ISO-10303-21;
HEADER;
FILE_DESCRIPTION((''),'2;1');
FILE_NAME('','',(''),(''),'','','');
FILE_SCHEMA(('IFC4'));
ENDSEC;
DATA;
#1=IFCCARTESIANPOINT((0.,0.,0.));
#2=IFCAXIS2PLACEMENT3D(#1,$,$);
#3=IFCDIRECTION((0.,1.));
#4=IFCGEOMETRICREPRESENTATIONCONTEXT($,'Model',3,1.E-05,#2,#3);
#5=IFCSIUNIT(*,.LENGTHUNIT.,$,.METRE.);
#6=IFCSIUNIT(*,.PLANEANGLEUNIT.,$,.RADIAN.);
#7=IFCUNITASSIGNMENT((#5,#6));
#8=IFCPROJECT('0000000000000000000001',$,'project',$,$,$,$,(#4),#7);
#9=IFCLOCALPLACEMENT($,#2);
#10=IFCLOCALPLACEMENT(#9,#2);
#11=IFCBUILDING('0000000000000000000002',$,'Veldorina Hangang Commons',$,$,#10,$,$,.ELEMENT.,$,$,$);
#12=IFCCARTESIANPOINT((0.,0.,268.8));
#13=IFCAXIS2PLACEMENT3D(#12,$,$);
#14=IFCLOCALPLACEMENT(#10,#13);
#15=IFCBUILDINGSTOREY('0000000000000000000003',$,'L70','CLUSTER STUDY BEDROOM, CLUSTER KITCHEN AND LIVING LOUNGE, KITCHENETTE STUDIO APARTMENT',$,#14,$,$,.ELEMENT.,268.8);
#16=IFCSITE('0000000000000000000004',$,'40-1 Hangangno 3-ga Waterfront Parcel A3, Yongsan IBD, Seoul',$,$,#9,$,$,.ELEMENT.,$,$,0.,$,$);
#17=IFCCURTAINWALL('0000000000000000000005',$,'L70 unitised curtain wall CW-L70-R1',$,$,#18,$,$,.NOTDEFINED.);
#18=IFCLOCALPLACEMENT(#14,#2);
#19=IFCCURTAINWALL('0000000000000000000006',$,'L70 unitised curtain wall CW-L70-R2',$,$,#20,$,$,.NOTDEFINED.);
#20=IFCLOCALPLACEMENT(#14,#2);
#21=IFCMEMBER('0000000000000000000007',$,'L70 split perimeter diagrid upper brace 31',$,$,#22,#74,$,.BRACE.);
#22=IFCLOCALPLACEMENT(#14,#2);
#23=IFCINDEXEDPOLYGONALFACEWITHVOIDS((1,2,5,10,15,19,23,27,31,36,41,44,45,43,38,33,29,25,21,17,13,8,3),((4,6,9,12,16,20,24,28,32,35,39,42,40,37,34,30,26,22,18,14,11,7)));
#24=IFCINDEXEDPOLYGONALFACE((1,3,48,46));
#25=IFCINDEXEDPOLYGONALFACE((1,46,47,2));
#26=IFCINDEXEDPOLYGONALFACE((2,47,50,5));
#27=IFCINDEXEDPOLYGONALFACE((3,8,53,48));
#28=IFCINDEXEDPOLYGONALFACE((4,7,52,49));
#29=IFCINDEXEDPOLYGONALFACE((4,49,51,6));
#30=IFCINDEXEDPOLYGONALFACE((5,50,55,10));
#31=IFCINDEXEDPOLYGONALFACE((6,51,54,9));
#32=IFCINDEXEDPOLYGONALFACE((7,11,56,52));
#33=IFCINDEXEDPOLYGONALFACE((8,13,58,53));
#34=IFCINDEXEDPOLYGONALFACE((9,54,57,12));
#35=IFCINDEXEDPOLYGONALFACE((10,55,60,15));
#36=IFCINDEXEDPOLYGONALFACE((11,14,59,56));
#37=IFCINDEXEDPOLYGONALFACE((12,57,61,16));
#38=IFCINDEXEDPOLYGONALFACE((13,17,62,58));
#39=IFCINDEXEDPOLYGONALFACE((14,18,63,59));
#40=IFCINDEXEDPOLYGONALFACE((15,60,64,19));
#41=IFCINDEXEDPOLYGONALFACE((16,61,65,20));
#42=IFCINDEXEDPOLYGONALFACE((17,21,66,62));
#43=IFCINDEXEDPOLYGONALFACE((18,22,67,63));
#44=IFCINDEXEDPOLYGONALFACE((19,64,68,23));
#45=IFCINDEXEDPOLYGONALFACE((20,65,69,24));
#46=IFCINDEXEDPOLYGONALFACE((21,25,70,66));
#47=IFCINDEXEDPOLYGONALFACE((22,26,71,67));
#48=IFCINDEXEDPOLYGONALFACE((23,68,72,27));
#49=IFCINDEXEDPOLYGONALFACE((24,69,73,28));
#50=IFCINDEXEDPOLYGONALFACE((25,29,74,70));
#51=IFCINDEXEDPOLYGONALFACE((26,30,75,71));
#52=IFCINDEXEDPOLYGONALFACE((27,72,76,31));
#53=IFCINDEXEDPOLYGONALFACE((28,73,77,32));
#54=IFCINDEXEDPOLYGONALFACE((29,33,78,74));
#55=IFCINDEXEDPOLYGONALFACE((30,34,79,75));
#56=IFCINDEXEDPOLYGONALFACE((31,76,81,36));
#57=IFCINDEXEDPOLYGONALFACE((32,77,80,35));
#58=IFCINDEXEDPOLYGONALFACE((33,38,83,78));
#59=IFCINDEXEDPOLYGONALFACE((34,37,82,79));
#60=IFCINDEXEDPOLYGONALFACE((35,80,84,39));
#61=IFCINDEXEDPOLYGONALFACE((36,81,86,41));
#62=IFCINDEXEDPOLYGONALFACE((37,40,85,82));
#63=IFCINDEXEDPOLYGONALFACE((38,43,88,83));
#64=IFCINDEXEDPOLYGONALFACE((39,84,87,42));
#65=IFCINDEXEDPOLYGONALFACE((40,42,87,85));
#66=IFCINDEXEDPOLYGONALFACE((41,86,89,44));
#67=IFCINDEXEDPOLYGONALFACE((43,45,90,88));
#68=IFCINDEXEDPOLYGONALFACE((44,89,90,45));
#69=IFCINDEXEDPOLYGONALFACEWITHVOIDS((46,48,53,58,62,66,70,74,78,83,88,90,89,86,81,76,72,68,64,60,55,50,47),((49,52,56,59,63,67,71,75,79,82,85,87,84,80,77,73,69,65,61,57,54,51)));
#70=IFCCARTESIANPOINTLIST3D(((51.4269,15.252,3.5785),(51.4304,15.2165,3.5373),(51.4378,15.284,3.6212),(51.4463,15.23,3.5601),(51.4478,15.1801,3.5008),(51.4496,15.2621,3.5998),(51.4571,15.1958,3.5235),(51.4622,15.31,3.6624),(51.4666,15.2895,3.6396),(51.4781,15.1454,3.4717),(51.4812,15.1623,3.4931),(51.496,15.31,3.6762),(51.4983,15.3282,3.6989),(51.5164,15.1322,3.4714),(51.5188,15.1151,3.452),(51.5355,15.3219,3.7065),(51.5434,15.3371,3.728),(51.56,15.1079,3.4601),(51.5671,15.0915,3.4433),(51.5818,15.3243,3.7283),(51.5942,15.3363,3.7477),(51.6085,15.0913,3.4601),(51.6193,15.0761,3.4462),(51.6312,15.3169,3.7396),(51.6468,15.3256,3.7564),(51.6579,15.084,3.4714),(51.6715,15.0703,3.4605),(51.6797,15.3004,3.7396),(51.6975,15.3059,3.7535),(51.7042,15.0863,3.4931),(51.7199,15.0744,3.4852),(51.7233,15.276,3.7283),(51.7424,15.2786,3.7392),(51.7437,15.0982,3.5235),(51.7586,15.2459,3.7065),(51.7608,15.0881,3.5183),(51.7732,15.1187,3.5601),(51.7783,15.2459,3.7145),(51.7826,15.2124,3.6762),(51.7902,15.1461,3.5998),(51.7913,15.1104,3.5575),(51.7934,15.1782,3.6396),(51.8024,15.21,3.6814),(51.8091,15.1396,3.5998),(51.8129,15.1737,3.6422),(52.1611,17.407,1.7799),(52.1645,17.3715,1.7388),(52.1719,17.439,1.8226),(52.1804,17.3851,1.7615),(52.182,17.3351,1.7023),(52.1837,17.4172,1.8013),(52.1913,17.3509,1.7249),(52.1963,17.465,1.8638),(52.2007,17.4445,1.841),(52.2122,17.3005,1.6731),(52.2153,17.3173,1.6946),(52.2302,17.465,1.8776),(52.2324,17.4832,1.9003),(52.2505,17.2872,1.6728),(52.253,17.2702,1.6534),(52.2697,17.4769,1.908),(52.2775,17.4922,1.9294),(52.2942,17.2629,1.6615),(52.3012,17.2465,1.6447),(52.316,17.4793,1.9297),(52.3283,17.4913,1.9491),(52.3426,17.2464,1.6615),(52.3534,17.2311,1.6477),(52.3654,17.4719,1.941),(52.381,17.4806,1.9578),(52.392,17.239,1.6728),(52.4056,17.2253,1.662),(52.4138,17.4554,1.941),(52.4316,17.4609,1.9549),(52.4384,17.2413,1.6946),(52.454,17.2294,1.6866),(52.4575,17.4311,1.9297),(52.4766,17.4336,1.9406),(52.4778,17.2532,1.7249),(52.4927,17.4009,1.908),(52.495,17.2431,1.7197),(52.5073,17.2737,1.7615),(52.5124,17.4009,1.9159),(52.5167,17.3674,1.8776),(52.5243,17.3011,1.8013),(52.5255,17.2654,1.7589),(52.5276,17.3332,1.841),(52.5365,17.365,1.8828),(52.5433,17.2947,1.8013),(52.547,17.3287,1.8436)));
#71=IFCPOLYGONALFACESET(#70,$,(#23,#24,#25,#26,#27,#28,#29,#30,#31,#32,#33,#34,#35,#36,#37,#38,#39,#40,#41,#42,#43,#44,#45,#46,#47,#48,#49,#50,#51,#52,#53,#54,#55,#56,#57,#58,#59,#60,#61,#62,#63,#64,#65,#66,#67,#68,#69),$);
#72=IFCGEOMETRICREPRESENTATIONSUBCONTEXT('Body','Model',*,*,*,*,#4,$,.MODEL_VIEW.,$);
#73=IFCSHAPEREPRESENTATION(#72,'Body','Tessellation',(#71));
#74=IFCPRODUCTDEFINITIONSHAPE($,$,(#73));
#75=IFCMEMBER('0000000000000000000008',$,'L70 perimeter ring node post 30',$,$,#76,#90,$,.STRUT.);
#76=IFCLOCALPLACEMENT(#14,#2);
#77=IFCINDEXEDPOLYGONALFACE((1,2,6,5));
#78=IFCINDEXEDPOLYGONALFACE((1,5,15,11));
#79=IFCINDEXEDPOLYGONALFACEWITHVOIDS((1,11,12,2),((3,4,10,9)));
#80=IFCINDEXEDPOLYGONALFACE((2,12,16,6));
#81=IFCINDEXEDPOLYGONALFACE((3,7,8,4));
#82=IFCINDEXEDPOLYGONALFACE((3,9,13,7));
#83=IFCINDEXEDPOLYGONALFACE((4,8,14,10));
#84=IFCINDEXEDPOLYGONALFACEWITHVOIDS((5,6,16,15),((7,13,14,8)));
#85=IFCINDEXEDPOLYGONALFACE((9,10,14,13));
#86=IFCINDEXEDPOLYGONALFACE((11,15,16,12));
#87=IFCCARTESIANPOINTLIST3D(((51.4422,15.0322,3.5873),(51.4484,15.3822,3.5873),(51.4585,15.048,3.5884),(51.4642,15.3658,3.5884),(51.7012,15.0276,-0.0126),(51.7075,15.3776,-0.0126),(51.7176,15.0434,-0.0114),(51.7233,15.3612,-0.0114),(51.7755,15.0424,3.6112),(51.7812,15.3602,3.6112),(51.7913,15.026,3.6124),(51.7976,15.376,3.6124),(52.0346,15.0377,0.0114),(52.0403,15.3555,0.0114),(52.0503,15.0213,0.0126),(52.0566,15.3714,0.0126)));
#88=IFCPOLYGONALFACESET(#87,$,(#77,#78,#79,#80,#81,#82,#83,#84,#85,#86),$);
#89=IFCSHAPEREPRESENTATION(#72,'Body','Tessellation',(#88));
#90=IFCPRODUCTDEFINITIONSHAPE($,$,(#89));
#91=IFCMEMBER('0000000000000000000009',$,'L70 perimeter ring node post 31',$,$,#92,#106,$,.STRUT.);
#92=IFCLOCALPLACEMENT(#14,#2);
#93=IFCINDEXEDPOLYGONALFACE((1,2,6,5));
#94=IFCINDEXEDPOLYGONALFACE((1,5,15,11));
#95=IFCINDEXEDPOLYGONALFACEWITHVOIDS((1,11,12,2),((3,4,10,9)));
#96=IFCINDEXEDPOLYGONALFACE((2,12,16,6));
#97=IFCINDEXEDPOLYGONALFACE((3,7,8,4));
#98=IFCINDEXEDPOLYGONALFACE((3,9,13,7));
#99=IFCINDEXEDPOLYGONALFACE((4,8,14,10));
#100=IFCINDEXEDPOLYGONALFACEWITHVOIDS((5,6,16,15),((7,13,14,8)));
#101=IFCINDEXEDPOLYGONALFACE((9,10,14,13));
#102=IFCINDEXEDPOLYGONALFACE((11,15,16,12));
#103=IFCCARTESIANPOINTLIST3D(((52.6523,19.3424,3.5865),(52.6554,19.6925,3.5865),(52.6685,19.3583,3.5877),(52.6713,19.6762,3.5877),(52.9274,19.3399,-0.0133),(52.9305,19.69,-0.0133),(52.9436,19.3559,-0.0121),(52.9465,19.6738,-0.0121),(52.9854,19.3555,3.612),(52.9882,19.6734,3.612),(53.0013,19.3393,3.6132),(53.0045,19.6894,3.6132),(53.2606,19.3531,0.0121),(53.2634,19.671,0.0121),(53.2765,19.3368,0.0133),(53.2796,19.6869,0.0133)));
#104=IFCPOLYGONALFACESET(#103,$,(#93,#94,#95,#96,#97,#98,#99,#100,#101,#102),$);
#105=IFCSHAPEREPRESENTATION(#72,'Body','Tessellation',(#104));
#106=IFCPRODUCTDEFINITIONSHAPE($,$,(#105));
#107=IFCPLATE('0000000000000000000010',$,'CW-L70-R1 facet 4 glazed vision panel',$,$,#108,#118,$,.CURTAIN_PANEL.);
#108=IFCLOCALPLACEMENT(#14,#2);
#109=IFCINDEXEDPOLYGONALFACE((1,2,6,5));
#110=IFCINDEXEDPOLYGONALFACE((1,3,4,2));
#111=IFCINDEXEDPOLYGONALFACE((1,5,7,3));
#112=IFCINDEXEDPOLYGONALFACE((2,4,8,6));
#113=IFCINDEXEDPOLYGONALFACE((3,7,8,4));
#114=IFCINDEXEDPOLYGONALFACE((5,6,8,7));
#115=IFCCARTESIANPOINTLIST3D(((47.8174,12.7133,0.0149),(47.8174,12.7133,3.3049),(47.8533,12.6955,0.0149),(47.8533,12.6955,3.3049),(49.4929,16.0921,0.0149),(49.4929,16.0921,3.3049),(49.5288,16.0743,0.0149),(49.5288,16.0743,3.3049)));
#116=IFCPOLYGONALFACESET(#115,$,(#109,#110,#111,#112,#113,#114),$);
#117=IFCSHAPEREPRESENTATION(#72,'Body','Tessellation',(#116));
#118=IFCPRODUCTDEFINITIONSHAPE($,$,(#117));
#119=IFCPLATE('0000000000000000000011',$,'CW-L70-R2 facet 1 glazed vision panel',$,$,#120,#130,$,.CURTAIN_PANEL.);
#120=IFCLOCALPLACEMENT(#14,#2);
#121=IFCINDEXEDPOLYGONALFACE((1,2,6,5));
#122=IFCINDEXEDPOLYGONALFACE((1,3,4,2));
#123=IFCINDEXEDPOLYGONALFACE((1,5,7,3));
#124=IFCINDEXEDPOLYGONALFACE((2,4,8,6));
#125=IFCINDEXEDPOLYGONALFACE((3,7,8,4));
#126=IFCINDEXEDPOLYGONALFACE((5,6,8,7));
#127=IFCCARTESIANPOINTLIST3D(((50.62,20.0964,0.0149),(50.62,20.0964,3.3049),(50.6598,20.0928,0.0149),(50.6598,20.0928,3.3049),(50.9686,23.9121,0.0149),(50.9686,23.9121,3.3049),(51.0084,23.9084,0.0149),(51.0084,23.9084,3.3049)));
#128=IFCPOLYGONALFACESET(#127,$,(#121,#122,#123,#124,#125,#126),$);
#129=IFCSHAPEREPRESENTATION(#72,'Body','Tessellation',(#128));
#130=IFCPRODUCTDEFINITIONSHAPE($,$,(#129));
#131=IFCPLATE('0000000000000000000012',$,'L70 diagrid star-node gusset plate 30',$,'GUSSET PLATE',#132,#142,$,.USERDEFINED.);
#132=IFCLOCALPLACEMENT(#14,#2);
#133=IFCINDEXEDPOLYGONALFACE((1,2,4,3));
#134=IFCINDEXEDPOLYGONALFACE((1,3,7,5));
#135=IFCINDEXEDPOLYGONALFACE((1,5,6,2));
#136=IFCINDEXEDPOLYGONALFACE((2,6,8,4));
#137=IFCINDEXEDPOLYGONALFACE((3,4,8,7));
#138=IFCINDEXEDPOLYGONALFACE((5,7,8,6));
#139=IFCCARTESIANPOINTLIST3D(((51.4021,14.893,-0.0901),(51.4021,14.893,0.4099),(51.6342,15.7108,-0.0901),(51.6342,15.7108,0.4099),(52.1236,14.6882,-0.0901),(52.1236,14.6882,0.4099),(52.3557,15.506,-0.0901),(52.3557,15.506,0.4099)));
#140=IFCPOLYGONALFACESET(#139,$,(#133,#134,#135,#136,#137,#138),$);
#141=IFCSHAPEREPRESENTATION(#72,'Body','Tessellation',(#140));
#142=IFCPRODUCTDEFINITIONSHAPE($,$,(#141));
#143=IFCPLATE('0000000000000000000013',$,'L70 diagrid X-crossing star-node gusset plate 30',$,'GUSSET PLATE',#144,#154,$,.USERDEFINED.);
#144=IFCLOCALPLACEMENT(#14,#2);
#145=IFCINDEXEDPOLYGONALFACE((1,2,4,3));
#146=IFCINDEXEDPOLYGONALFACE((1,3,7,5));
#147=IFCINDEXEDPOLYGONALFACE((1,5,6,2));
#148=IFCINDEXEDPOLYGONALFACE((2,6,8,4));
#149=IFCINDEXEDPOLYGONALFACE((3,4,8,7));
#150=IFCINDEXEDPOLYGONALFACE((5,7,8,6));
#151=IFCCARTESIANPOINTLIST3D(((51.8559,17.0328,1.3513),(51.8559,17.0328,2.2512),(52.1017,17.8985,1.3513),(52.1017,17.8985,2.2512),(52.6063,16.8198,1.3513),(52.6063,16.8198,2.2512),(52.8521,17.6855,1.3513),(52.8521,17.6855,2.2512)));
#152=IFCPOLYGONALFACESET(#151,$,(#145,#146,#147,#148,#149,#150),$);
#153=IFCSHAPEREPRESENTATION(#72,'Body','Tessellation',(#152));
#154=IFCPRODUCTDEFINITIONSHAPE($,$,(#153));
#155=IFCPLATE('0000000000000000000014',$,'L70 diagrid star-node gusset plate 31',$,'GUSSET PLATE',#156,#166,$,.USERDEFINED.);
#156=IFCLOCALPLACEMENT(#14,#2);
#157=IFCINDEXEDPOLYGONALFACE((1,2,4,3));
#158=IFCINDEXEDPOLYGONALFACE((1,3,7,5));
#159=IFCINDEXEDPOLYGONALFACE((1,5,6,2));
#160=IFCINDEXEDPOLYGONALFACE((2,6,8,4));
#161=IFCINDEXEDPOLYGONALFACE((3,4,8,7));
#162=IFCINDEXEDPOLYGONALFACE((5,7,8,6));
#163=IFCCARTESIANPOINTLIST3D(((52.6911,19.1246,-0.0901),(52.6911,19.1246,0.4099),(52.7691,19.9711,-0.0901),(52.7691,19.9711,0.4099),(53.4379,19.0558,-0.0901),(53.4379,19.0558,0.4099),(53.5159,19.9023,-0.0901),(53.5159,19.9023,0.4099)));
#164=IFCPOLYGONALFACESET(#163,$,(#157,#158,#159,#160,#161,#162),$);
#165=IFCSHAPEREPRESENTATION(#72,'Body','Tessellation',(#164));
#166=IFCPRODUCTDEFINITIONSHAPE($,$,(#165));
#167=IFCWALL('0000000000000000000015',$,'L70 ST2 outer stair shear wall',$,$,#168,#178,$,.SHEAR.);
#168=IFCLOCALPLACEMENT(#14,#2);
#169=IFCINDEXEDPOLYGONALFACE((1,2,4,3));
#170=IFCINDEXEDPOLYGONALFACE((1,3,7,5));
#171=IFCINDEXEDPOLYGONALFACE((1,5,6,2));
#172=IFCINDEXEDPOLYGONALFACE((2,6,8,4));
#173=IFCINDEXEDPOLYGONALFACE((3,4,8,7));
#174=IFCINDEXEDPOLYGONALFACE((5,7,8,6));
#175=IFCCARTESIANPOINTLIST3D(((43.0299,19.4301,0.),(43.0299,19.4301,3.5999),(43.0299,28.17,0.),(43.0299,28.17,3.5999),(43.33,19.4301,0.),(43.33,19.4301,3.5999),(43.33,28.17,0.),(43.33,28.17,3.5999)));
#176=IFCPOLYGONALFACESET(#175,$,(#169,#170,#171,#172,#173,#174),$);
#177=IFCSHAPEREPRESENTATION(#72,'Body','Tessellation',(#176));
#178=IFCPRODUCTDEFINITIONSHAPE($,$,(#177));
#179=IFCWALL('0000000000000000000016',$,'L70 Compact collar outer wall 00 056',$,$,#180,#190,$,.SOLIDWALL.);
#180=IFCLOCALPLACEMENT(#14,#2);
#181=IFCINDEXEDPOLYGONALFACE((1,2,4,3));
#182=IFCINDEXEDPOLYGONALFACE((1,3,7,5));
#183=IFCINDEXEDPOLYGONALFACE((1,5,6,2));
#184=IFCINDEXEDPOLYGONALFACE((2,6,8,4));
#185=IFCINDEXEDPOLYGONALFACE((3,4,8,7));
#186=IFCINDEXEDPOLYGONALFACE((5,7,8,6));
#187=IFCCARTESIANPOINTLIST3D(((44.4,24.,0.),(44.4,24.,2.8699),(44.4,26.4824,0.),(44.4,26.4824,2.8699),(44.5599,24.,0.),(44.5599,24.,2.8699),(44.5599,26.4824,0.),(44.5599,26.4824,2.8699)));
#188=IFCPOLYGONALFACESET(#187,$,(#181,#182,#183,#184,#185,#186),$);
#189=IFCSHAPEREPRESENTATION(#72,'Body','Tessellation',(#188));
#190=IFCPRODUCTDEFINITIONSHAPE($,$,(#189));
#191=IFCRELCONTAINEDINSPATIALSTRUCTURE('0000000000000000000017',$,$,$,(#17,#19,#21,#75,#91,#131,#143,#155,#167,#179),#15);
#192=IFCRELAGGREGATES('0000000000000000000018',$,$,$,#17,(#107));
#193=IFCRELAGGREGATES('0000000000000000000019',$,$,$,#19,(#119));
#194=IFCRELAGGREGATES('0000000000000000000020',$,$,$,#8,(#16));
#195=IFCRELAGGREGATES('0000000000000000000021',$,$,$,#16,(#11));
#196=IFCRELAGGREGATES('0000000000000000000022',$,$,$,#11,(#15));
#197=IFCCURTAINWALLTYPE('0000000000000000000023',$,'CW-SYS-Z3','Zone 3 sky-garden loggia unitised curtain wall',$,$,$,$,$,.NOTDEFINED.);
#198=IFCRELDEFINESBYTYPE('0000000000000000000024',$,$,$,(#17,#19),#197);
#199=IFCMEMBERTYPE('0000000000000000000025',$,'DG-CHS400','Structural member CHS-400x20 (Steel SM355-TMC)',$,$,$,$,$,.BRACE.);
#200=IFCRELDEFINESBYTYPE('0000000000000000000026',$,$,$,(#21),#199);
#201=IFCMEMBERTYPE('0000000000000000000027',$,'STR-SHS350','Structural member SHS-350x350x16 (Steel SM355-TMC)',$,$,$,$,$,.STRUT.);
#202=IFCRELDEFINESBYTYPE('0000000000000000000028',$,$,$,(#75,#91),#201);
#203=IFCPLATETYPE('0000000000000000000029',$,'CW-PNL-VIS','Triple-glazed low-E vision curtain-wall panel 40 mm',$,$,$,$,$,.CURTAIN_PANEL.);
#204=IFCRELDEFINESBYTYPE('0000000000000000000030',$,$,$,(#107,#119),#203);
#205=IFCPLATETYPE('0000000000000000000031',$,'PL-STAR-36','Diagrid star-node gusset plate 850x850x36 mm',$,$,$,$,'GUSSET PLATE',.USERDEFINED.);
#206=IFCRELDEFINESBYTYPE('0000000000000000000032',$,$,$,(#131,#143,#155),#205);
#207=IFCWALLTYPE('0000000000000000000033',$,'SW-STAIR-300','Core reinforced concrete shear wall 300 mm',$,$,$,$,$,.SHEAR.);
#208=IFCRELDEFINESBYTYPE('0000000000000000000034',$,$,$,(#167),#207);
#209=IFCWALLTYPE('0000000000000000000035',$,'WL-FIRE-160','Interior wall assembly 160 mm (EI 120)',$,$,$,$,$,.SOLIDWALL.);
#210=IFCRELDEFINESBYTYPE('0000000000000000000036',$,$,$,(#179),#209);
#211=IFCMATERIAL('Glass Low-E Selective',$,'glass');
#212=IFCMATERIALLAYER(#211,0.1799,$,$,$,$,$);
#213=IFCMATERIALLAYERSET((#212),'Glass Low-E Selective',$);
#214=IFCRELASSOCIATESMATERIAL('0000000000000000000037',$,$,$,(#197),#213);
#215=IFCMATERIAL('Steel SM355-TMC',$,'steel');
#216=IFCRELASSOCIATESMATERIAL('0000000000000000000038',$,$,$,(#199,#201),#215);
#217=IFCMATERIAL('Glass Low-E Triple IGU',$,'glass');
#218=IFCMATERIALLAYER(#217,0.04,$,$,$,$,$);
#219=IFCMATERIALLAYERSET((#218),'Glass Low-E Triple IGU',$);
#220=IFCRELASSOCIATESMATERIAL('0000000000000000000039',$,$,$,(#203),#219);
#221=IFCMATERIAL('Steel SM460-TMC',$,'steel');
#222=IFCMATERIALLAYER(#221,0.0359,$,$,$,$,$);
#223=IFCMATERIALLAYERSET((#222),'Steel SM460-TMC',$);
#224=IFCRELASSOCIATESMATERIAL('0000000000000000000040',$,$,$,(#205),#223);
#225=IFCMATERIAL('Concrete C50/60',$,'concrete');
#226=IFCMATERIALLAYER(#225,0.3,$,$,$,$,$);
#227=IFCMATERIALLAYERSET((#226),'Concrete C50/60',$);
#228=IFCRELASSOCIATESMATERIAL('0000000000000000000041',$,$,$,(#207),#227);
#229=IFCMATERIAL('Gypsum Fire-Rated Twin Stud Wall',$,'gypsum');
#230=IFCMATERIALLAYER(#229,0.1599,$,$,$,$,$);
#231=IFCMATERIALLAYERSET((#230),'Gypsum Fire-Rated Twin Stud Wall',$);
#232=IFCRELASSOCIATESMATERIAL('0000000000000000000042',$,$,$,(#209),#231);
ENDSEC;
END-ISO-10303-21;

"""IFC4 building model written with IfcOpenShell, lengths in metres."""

from ifc_helpers import new_model, si_unit, direction, frame, frame_2d, origin, origin_2d, place, context, subcontext, project, spatial, rectangle, hollow_rectangle, hollow_circle, extrude, material, layer, layer_set, material_profile, profile_set, type_object, element, aggregate, save


model = new_model("IFC4")

# Units and contexts
model_context = context("Model", 3, precision=1e-05, world=origin(), true_north=direction((0.0, 1.0)))
body_context = subcontext(model_context, "Body", "Model", "MODEL_VIEW")
ifc_project = project(units=[si_unit("LENGTHUNIT", "METRE"), si_unit("PLANEANGLEUNIT", "RADIAN")], contexts=[model_context])

# Site, building, storey
site_placement = place(None, origin())
site = spatial("IfcSite", under=ifc_project, at=site_placement, Name="40-1 Hangangno 3-ga Waterfront Parcel A3, Yongsan IBD, Seoul", CompositionType="ELEMENT", RefElevation=0.0)
building_placement = place(site_placement, origin())
building = spatial("IfcBuilding", under=site, at=building_placement, Name="Veldorina Hangang Commons", CompositionType="ELEMENT")
storey_placement = place(building_placement, frame((0.0, 0.0, 268.8)))
storey = spatial("IfcBuildingStorey", under=building, at=storey_placement, Name="L70", Description="CLUSTER STUDY BEDROOM, CLUSTER KITCHEN AND LIVING LOUNGE, KITCHENETTE STUDIO APARTMENT", CompositionType="ELEMENT", Elevation=268.8)

# Shared definitions
ifc_material_1 = material(Name="Steel SM355-TMC", Category="steel")

# Curtain wall
ifc_material_2 = material(Name="Glass Low-E Selective", Category="glass")
ifc_layer_1 = layer(ifc_material_2, 0.1799)
ifc_layer_set_1 = layer_set([ifc_layer_1], Name="Glass Low-E Selective")
curtain_wall_type = type_object("IfcCurtainWallType", Name="CW-SYS-Z3", Description="Zone 3 sky-garden loggia unitised curtain wall", PredefinedType="NOTDEFINED", material=ifc_layer_set_1)
curtain_wall_1_placement = place(storey_placement, origin())
curtain_wall_1 = element("IfcCurtainWall", 1, at=curtain_wall_1_placement, inside=storey, type_object=curtain_wall_type, Name="L70 unitised curtain wall CW-L70-R1", PredefinedType="NOTDEFINED")

# Curtain wall
curtain_wall_2_placement = place(storey_placement, origin())
curtain_wall_2 = element("IfcCurtainWall", 2, at=curtain_wall_2_placement, inside=storey, type_object=curtain_wall_type, Name="L70 unitised curtain wall CW-L70-R2", PredefinedType="NOTDEFINED")

# Members
ifc_material_profile_1 = material_profile(ifc_material_1, hollow_circle(Radius=0.2, WallThickness=0.02, at=origin_2d()), Name="CHS-400x20")
ifc_profile_set_1 = profile_set([ifc_material_profile_1], Name="Steel SM355-TMC")
member_type_1 = type_object("IfcMemberType", Name="DG-CHS400", Description="Structural member CHS-400x20 (Steel SM355-TMC)", PredefinedType="BRACE", material=ifc_profile_set_1)
member_1_placement = place(storey_placement, frame((52.354, 17.3591, 1.8013), z_axis=(-0.253028, -0.74276, 0.619906), x_axis=(0.946582, -0.322462, 0.0)))
element("IfcMember", 3, at=member_1_placement, inside=storey, type_object=member_type_1, Name="L70 split perimeter diagrid upper brace 31", PredefinedType="BRACE", context=body_context, shape_type="SweptSolid", body=[
    extrude(hollow_circle(Radius=0.2, WallThickness=0.02, at=origin_2d()), origin(), (0.0, 0.0, 1.0), 2.9014),
])
ifc_material_profile_2 = material_profile(ifc_material_1, hollow_rectangle(XDim=0.3501, YDim=0.3501, WallThickness=0.0161, at=origin_2d()), Name="SHS-350x350x16")
ifc_profile_set_2 = profile_set([ifc_material_profile_2], Name="Steel SM355-TMC")
member_type_2 = type_object("IfcMemberType", Name="STR-SHS350", Description="Structural member SHS-350x350x16 (Steel SM355-TMC)", PredefinedType="STRUT", material=ifc_profile_set_2)
member_2_placement = place(storey_placement, frame((51.8789, 15.1995, 0.0), z_axis=(-0.071771, 0.001285, 0.99742), x_axis=(-0.017905, -0.99984, 0.0)))
element("IfcMember", 4, at=member_2_placement, inside=storey, type_object=member_type_2, Name="L70 perimeter ring node post 30", PredefinedType="STRUT", context=body_context, shape_type="SweptSolid", body=[
    extrude(hollow_rectangle(XDim=0.3501, YDim=0.3501, WallThickness=0.0161, at=origin_2d()), origin(), (0.0, 0.0, 1.0), 3.6091),
])
member_3_placement = place(storey_placement, frame((53.1035, 19.5134, 0.0), z_axis=(-0.07621, 0.000676, 0.997092), x_axis=(-0.008873, -0.999961, 0.0)))
element("IfcMember", 5, at=member_3_placement, inside=storey, type_object=member_type_2, Name="L70 perimeter ring node post 31", PredefinedType="STRUT", context=body_context, shape_type="SweptSolid", body=[
    extrude(hollow_rectangle(XDim=0.3501, YDim=0.3501, WallThickness=0.0161, at=origin_2d()), origin(), (0.0, 0.0, 1.0), 3.6104),
])

# Plates
ifc_material_3 = material(Name="Glass Low-E Triple IGU", Category="glass")
ifc_layer_2 = layer(ifc_material_3, 0.04)
ifc_layer_set_2 = layer_set([ifc_layer_2], Name="Glass Low-E Triple IGU")
plate_type_1 = type_object("IfcPlateType", Name="CW-PNL-VIS", Description="Triple-glazed low-E vision curtain-wall panel 40 mm", PredefinedType="CURTAIN_PANEL", material=ifc_layer_set_2)
plate_1_placement = place(storey_placement, frame((48.6731, 14.3938, 0.0149), z_axis=(0.0, 0.0, 1.0), x_axis=(0.44426, 0.895898, 0.0)))
plate_1 = element("IfcPlate", 6, at=plate_1_placement, type_object=plate_type_1, Name="CW-L70-R1 facet 4 glazed vision panel", PredefinedType="CURTAIN_PANEL", context=body_context, shape_type="SweptSolid", body=[
    extrude(rectangle(XDim=3.7715, YDim=0.04, at=origin_2d()), origin(), (0.0, 0.0, 1.0), 3.29),
])
aggregate(curtain_wall_1, [plate_1])
plate_2_placement = place(storey_placement, frame((50.8142, 22.0024, 0.0149), z_axis=(0.0, 0.0, 1.0), x_axis=(0.09098, 0.995853, 0.0)))
plate_2 = element("IfcPlate", 7, at=plate_2_placement, type_object=plate_type_1, Name="CW-L70-R2 facet 1 glazed vision panel", PredefinedType="CURTAIN_PANEL", context=body_context, shape_type="SweptSolid", body=[
    extrude(rectangle(XDim=3.8315, YDim=0.04, at=origin_2d()), origin(), (0.0, 0.0, 1.0), 3.29),
])
aggregate(curtain_wall_2, [plate_2])

# Plates
ifc_material_4 = material(Name="Steel SM460-TMC", Category="steel")
ifc_layer_3 = layer(ifc_material_4, 0.0359)
ifc_layer_set_3 = layer_set([ifc_layer_3], Name="Steel SM460-TMC")
plate_type_2 = type_object("IfcPlateType", Name="PL-STAR-36", Description="Diagrid star-node gusset plate 850x850x36 mm", ElementType="GUSSET PLATE", PredefinedType="USERDEFINED", material=ifc_layer_set_3)
plate_3_placement = place(storey_placement, frame((51.8789, 15.1995, -0.0901), z_axis=(0.0, 0.0, 1.0), x_axis=(0.273053, 0.961999, 0.0)))
element("IfcPlate", 8, at=plate_3_placement, inside=storey, type_object=plate_type_2, Name="L70 diagrid star-node gusset plate 30", ObjectType="GUSSET PLATE", PredefinedType="USERDEFINED", context=body_context, shape_type="SweptSolid", body=[
    extrude(rectangle(XDim=0.8501, YDim=0.75, at=origin_2d()), origin(), (0.0, 0.0, 1.0), 0.5),
])
plate_4_placement = place(storey_placement, frame((52.354, 17.3591, 1.3513), z_axis=(0.0, 0.0, 1.0), x_axis=(0.273053, 0.961999, 0.0)))
element("IfcPlate", 9, at=plate_4_placement, inside=storey, type_object=plate_type_2, Name="L70 diagrid X-crossing star-node gusset plate 30", ObjectType="GUSSET PLATE", PredefinedType="USERDEFINED", context=body_context, shape_type="SweptSolid", body=[
    extrude(rectangle(XDim=0.8999, YDim=0.78, at=origin_2d()), origin(), (0.0, 0.0, 1.0), 0.8999),
])
plate_5_placement = place(storey_placement, frame((53.1035, 19.5134, -0.0901), z_axis=(0.0, 0.0, 1.0), x_axis=(0.091762, 0.995781, 0.0)))
element("IfcPlate", 10, at=plate_5_placement, inside=storey, type_object=plate_type_2, Name="L70 diagrid star-node gusset plate 31", ObjectType="GUSSET PLATE", PredefinedType="USERDEFINED", context=body_context, shape_type="SweptSolid", body=[
    extrude(rectangle(XDim=0.8501, YDim=0.75, at=origin_2d()), origin(), (0.0, 0.0, 1.0), 0.5),
])

# Walls
ifc_material_5 = material(Name="Concrete C50/60", Category="concrete")
ifc_layer_4 = layer(ifc_material_5, 0.3)
ifc_layer_set_4 = layer_set([ifc_layer_4], Name="Concrete C50/60")
wall_type_1 = type_object("IfcWallType", Name="SW-STAIR-300", Description="Core reinforced concrete shear wall 300 mm", PredefinedType="SHEAR", material=ifc_layer_set_4)
wall_1_placement = place(storey_placement, frame((43.1799, 19.4299, 0.0), z_axis=(0.0, 0.0, 1.0), x_axis=(0.0, 1.0, 0.0)))
element("IfcWall", 11, at=wall_1_placement, inside=storey, type_object=wall_type_1, Name="L70 ST2 outer stair shear wall", PredefinedType="SHEAR", context=body_context, shape_type="SweptSolid", body=[
    extrude(rectangle(XDim=8.74, YDim=0.3, at=frame_2d((4.3701, 0.0))), origin(), (0.0, 0.0, 1.0), 3.5999),
])
ifc_material_6 = material(Name="Gypsum Fire-Rated Twin Stud Wall", Category="gypsum")
ifc_layer_5 = layer(ifc_material_6, 0.1599)
ifc_layer_set_5 = layer_set([ifc_layer_5], Name="Gypsum Fire-Rated Twin Stud Wall")
wall_type_2 = type_object("IfcWallType", Name="WL-FIRE-160", Description="Interior wall assembly 160 mm (EI 120)", PredefinedType="SOLIDWALL", material=ifc_layer_set_5)
wall_2_placement = place(storey_placement, frame((44.48, 24.0, 0.0), z_axis=(0.0, 0.0, 1.0), x_axis=(0.0, 1.0, 0.0)))
element("IfcWall", 12, at=wall_2_placement, inside=storey, type_object=wall_type_2, Name="L70 Compact collar outer wall 00 056", PredefinedType="SOLIDWALL", context=body_context, shape_type="SweptSolid", body=[
    extrude(rectangle(XDim=2.4824, YDim=0.1599, at=frame_2d((1.2412, 0.0))), origin(), (0.0, 0.0, 1.0), 2.8699),
])

save(model, "model.ifc")
